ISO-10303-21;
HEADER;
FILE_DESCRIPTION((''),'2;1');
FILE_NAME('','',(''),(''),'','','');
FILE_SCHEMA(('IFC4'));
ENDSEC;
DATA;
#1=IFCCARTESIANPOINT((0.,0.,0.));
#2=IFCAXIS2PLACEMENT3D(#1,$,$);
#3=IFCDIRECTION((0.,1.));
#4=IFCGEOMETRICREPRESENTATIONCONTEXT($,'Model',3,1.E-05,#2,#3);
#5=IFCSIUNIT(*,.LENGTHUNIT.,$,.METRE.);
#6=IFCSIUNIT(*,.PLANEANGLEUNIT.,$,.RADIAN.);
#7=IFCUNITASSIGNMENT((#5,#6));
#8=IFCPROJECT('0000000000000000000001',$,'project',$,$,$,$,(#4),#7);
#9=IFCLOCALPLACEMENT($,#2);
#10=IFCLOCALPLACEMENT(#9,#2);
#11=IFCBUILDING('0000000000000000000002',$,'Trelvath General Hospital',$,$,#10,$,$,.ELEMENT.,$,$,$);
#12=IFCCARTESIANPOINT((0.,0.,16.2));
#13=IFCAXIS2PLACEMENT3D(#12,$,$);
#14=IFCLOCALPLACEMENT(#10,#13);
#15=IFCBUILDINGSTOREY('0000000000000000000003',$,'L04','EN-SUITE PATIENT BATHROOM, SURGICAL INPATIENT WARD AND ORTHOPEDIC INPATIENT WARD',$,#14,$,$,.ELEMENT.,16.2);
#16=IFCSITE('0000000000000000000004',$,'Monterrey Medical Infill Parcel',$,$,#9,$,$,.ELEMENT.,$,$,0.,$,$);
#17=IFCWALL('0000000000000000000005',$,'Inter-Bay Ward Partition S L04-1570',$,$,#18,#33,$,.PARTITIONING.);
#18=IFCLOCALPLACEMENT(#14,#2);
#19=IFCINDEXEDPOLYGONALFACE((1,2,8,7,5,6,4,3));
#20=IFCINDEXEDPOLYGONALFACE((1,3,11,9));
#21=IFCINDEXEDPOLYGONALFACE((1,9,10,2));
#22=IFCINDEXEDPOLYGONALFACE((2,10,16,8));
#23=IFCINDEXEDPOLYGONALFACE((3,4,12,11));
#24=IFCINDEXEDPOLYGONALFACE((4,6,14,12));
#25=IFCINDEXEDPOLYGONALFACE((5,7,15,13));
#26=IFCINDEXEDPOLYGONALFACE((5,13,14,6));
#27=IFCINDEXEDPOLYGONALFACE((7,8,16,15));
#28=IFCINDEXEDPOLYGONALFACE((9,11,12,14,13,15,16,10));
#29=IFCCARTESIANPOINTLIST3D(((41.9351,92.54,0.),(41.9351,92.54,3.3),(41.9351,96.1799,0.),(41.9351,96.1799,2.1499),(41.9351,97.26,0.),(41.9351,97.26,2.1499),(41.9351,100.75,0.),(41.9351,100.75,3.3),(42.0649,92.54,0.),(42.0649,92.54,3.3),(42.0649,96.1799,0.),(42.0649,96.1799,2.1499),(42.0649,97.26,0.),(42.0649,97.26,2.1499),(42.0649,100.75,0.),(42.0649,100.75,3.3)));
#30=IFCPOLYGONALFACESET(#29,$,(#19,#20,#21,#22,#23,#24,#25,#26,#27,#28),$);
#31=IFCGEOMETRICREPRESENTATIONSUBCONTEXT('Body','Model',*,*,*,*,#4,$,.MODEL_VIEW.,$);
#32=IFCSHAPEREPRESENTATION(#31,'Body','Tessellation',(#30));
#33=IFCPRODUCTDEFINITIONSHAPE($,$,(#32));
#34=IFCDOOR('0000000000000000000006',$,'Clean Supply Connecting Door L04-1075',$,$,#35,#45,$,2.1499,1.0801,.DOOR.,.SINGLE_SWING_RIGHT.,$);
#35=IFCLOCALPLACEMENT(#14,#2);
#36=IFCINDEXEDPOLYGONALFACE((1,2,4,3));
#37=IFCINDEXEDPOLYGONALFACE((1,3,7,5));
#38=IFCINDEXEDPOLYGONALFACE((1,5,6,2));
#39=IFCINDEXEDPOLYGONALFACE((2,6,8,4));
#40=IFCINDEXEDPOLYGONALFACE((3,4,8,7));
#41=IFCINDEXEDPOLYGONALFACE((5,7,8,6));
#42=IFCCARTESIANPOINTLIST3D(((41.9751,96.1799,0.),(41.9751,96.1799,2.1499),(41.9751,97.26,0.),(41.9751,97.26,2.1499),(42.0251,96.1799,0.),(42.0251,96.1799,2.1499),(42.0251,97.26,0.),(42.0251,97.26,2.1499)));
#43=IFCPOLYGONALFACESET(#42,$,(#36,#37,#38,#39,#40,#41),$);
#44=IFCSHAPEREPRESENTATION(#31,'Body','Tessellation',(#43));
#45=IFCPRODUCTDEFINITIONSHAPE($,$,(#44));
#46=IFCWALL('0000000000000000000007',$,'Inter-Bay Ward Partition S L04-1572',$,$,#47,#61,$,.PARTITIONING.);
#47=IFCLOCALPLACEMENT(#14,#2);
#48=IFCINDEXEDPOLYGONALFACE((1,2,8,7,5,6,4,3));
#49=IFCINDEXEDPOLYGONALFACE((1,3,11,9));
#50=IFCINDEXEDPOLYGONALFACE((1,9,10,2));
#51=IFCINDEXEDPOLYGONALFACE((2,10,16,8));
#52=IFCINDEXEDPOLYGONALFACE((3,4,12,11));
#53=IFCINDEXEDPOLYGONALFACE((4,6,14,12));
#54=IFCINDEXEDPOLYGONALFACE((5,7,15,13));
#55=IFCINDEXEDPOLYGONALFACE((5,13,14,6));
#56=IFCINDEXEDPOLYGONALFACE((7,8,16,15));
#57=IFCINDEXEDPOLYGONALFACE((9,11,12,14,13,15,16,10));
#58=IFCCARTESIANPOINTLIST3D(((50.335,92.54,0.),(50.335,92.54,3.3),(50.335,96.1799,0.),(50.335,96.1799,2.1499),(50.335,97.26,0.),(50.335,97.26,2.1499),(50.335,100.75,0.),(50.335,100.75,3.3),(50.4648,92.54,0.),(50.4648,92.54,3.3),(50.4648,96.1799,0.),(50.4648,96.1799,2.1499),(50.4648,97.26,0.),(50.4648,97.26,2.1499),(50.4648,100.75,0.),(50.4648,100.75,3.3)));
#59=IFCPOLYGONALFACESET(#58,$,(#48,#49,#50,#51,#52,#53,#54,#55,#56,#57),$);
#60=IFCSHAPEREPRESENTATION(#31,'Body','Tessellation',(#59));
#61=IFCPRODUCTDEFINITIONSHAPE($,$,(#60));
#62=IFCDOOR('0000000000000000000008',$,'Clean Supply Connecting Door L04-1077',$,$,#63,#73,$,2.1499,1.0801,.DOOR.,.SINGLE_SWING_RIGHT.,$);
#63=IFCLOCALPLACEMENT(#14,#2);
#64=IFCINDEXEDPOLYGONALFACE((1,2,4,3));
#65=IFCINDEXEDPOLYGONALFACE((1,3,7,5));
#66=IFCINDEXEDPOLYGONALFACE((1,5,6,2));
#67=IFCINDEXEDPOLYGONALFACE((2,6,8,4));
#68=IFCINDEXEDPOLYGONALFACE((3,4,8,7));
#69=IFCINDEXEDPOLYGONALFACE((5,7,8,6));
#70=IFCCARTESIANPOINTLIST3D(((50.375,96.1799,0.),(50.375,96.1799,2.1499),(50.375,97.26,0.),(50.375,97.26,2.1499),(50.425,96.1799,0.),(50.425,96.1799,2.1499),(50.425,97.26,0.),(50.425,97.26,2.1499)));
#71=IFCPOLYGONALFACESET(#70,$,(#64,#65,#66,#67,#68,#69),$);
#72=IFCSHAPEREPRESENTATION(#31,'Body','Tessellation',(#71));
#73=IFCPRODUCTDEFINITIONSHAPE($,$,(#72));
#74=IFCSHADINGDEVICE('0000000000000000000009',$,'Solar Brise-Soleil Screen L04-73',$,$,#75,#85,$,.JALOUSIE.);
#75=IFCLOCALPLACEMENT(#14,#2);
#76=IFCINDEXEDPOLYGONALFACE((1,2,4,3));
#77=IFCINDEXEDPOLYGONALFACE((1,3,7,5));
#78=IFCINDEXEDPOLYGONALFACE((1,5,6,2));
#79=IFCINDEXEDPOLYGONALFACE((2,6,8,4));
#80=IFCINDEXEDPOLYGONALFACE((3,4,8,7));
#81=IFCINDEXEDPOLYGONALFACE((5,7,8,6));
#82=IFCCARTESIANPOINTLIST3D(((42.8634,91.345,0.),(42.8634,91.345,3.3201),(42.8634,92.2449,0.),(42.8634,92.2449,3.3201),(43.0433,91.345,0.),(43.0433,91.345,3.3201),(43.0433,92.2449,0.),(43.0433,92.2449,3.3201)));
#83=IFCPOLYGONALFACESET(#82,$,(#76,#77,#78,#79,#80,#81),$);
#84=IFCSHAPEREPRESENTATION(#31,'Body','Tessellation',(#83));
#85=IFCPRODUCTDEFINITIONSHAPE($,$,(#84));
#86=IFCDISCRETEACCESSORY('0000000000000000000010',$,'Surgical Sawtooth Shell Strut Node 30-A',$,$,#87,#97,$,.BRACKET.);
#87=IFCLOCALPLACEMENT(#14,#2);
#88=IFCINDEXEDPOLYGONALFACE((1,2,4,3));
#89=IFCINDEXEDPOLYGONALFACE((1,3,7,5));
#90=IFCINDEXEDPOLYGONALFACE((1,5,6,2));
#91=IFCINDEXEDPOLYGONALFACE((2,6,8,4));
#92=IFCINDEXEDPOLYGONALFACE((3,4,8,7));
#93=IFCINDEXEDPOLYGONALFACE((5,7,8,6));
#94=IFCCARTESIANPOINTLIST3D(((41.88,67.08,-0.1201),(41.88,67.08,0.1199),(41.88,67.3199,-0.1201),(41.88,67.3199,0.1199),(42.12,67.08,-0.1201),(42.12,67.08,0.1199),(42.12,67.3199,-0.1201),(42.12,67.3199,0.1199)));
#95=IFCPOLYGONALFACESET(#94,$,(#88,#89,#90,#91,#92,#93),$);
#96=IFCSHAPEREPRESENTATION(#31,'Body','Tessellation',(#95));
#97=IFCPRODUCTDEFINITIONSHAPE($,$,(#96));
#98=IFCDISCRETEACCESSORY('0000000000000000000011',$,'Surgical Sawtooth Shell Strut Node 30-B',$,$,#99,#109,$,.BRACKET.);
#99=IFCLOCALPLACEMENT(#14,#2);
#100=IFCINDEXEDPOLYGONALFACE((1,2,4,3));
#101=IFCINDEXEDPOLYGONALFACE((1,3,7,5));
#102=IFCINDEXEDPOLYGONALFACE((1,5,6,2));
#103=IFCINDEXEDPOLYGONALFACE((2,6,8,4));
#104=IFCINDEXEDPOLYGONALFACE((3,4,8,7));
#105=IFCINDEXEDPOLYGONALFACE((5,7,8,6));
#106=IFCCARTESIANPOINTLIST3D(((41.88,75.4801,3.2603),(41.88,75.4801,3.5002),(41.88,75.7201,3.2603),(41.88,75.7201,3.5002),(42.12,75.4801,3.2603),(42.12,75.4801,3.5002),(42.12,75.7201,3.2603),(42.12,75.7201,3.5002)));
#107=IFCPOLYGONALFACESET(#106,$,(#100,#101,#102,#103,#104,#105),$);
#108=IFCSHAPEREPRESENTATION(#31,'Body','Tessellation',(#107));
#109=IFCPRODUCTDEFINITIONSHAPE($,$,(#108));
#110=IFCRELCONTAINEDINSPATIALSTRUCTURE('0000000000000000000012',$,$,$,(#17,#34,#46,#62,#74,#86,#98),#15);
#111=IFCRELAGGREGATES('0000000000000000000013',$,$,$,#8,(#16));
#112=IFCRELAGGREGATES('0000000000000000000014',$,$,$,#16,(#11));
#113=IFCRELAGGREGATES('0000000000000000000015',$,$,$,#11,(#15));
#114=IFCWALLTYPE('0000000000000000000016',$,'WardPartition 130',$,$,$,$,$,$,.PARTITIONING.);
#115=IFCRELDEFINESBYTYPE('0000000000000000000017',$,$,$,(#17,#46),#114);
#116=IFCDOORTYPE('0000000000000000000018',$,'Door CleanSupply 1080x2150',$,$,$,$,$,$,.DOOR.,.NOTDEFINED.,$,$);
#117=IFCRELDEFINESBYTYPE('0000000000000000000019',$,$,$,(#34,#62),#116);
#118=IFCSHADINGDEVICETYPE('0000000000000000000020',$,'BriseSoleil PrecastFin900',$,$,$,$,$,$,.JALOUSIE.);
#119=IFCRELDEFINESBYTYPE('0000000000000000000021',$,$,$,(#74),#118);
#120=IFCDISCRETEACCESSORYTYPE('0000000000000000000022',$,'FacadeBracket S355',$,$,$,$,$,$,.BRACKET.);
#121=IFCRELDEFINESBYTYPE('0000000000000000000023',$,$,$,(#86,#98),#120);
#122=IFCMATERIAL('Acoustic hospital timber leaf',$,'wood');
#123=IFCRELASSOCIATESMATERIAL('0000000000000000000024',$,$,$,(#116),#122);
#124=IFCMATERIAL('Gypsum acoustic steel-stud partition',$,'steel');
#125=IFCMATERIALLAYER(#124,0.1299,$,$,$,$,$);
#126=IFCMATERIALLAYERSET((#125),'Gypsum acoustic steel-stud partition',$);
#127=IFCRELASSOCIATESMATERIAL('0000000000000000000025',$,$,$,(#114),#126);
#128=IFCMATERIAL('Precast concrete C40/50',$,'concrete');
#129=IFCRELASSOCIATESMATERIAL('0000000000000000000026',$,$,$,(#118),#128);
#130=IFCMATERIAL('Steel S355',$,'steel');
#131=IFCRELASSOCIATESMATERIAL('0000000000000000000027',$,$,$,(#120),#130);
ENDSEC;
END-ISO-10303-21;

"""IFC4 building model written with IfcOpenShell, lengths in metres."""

from ifc_helpers import new_model, si_unit, direction, frame, frame_2d, origin, origin_2d, place, context, subcontext, project, spatial, rectangle, extrude, material, layer, layer_set, type_object, element, fill, save


model = new_model("IFC4")

# Units and contexts
model_context = context("Model", 3, precision=1e-05, world=origin(), true_north=direction((0.0, 1.0)))
body_context = subcontext(model_context, "Body", "Model", "MODEL_VIEW")
ifc_project = project(units=[si_unit("LENGTHUNIT", "METRE"), si_unit("PLANEANGLEUNIT", "RADIAN")], contexts=[model_context])

# Site, building, storey
site_placement = place(None, origin())
site = spatial("IfcSite", under=ifc_project, at=site_placement, Name="Monterrey Medical Infill Parcel", CompositionType="ELEMENT", RefElevation=0.0)
building_placement = place(site_placement, origin())
building = spatial("IfcBuilding", under=site, at=building_placement, Name="Trelvath General Hospital", CompositionType="ELEMENT")
storey_placement = place(building_placement, frame((0.0, 0.0, 16.2)))
storey = spatial("IfcBuildingStorey", under=building, at=storey_placement, Name="L04", Description="EN-SUITE PATIENT BATHROOM, SURGICAL INPATIENT WARD AND ORTHOPEDIC INPATIENT WARD", CompositionType="ELEMENT", Elevation=16.2)

# Shared definitions
ifc_material_1 = material(Name="Acoustic hospital timber leaf", Category="wood")
door_type_1 = type_object("IfcDoorType", Name="Door CleanSupply 1080x2150", OperationType="NOTDEFINED", PredefinedType="DOOR", material=ifc_material_1)

# Shared definitions
ifc_material_2 = material(Name="Gypsum acoustic steel-stud partition", Category="steel")
ifc_layer_1 = layer(ifc_material_2, 0.1299)
ifc_layer_set_1 = layer_set([ifc_layer_1], Name="Gypsum acoustic steel-stud partition")
wall_type_1 = type_object("IfcWallType", Name="WardPartition 130", PredefinedType="PARTITIONING", material=ifc_layer_set_1)

# Walls, openings, doors
wall_1_placement = place(storey_placement, frame((42.0, 92.54, 0.0), z_axis=(0.0, 0.0, 1.0), x_axis=(0.0, 1.0, 0.0)))
wall_1 = element("IfcWall", 1, at=wall_1_placement, inside=storey, type_object=wall_type_1, Name="Inter-Bay Ward Partition S L04-1570", PredefinedType="PARTITIONING", context=body_context, shape_type="SweptSolid", body=[
    extrude(rectangle(XDim=8.21, YDim=0.1299, at=frame_2d((4.105, 0.0))), origin(), (0.0, 0.0, 1.0), 3.3),
])
opening_1_placement = place(wall_1_placement, frame((3.6399, 0.0, 0.0)))
opening_1 = element("IfcOpeningElement", 2, at=opening_1_placement, cuts=wall_1, PredefinedType="OPENING", context=body_context, shape_type="SweptSolid", body=[
    extrude(rectangle(XDim=1.0801, YDim=2.1499, at=frame_2d((0.54, 1.075))), frame((0.0, 0.075, 0.0), z_axis=(0.0, -1.0, 0.0), x_axis=(1.0, 0.0, 0.0)), (0.0, 0.0, 1.0), 0.1499),
])
door_1_placement = place(opening_1_placement, origin())
door_1 = element("IfcDoor", 3, at=door_1_placement, inside=storey, type_object=door_type_1, Name="Clean Supply Connecting Door L04-1075", OperationType="SINGLE_SWING_RIGHT", OverallHeight=2.1499, OverallWidth=1.0801, PredefinedType="DOOR", context=body_context, shape_type="SweptSolid", body=[
    extrude(rectangle(XDim=1.0801, YDim=2.1499, at=frame_2d((0.54, 1.075))), frame((0.0, 0.0249, 0.0), z_axis=(0.0, -1.0, 0.0), x_axis=(1.0, 0.0, 0.0)), (0.0, 0.0, 1.0), 0.05),
])
fill(opening_1, door_1)
wall_2_placement = place(storey_placement, frame((50.3999, 92.54, 0.0), z_axis=(0.0, 0.0, 1.0), x_axis=(0.0, 1.0, 0.0)))
wall_2 = element("IfcWall", 4, at=wall_2_placement, inside=storey, type_object=wall_type_1, Name="Inter-Bay Ward Partition S L04-1572", PredefinedType="PARTITIONING", context=body_context, shape_type="SweptSolid", body=[
    extrude(rectangle(XDim=8.21, YDim=0.1299, at=frame_2d((4.105, 0.0))), origin(), (0.0, 0.0, 1.0), 3.3),
])
opening_2_placement = place(wall_2_placement, frame((3.6399, 0.0, 0.0)))
opening_2 = element("IfcOpeningElement", 5, at=opening_2_placement, cuts=wall_2, PredefinedType="OPENING", context=body_context, shape_type="SweptSolid", body=[
    extrude(rectangle(XDim=1.0801, YDim=2.1499, at=frame_2d((0.54, 1.075))), frame((0.0, 0.075, 0.0), z_axis=(0.0, -1.0, 0.0), x_axis=(1.0, 0.0, 0.0)), (0.0, 0.0, 1.0), 0.1499),
])
door_2_placement = place(opening_2_placement, origin())
door_2 = element("IfcDoor", 6, at=door_2_placement, inside=storey, type_object=door_type_1, Name="Clean Supply Connecting Door L04-1077", OperationType="SINGLE_SWING_RIGHT", OverallHeight=2.1499, OverallWidth=1.0801, PredefinedType="DOOR", context=body_context, shape_type="SweptSolid", body=[
    extrude(rectangle(XDim=1.0801, YDim=2.1499, at=frame_2d((0.54, 1.075))), frame((0.0, 0.0249, 0.0), z_axis=(0.0, -1.0, 0.0), x_axis=(1.0, 0.0, 0.0)), (0.0, 0.0, 1.0), 0.05),
])
fill(opening_2, door_2)

# Shading device
ifc_material_3 = material(Name="Precast concrete C40/50", Category="concrete")
shading_device_type = type_object("IfcShadingDeviceType", Name="BriseSoleil PrecastFin900", PredefinedType="JALOUSIE", material=ifc_material_3)
shading_device_placement = place(storey_placement, frame((42.9534, 91.7949, 0.0), z_axis=(0.0, 0.0, 1.0), x_axis=(0.0, -1.0, 0.0)))
element("IfcShadingDevice", 7, at=shading_device_placement, inside=storey, type_object=shading_device_type, Name="Solar Brise-Soleil Screen L04-73", PredefinedType="JALOUSIE", context=body_context, shape_type="SweptSolid", body=[
    extrude(rectangle(XDim=0.8999, YDim=0.1799, at=origin_2d()), origin(), (0.0, 0.0, 1.0), 3.3201),
])

# Discrete accessories
ifc_material_4 = material(Name="Steel S355", Category="steel")
discrete_accessory_type = type_object("IfcDiscreteAccessoryType", Name="FacadeBracket S355", PredefinedType="BRACKET", material=ifc_material_4)
for number, where, z_axis, x_axis, name in (
    (8, (42.0, 67.2, -0.1201), (0.0, 0.0, 1.0), (1.0, 0.0, 0.0), "Surgical Sawtooth Shell Strut Node 30-A"),
    (9, (42.0, 75.6001, 3.2603), (0.0, 0.0, 1.0), (1.0, 0.0, 0.0), "Surgical Sawtooth Shell Strut Node 30-B"),
):
    element("IfcDiscreteAccessory", number, at=place(storey_placement, frame(where, z_axis=z_axis, x_axis=x_axis)), inside=storey, type_object=discrete_accessory_type, Name=name, PredefinedType="BRACKET", context=body_context, shape_type="SweptSolid", body=[
        extrude(rectangle(XDim=0.24, YDim=0.24, at=origin_2d()), origin(), (0.0, 0.0, 1.0), 0.24),
    ])

save(model, "model.ifc")
